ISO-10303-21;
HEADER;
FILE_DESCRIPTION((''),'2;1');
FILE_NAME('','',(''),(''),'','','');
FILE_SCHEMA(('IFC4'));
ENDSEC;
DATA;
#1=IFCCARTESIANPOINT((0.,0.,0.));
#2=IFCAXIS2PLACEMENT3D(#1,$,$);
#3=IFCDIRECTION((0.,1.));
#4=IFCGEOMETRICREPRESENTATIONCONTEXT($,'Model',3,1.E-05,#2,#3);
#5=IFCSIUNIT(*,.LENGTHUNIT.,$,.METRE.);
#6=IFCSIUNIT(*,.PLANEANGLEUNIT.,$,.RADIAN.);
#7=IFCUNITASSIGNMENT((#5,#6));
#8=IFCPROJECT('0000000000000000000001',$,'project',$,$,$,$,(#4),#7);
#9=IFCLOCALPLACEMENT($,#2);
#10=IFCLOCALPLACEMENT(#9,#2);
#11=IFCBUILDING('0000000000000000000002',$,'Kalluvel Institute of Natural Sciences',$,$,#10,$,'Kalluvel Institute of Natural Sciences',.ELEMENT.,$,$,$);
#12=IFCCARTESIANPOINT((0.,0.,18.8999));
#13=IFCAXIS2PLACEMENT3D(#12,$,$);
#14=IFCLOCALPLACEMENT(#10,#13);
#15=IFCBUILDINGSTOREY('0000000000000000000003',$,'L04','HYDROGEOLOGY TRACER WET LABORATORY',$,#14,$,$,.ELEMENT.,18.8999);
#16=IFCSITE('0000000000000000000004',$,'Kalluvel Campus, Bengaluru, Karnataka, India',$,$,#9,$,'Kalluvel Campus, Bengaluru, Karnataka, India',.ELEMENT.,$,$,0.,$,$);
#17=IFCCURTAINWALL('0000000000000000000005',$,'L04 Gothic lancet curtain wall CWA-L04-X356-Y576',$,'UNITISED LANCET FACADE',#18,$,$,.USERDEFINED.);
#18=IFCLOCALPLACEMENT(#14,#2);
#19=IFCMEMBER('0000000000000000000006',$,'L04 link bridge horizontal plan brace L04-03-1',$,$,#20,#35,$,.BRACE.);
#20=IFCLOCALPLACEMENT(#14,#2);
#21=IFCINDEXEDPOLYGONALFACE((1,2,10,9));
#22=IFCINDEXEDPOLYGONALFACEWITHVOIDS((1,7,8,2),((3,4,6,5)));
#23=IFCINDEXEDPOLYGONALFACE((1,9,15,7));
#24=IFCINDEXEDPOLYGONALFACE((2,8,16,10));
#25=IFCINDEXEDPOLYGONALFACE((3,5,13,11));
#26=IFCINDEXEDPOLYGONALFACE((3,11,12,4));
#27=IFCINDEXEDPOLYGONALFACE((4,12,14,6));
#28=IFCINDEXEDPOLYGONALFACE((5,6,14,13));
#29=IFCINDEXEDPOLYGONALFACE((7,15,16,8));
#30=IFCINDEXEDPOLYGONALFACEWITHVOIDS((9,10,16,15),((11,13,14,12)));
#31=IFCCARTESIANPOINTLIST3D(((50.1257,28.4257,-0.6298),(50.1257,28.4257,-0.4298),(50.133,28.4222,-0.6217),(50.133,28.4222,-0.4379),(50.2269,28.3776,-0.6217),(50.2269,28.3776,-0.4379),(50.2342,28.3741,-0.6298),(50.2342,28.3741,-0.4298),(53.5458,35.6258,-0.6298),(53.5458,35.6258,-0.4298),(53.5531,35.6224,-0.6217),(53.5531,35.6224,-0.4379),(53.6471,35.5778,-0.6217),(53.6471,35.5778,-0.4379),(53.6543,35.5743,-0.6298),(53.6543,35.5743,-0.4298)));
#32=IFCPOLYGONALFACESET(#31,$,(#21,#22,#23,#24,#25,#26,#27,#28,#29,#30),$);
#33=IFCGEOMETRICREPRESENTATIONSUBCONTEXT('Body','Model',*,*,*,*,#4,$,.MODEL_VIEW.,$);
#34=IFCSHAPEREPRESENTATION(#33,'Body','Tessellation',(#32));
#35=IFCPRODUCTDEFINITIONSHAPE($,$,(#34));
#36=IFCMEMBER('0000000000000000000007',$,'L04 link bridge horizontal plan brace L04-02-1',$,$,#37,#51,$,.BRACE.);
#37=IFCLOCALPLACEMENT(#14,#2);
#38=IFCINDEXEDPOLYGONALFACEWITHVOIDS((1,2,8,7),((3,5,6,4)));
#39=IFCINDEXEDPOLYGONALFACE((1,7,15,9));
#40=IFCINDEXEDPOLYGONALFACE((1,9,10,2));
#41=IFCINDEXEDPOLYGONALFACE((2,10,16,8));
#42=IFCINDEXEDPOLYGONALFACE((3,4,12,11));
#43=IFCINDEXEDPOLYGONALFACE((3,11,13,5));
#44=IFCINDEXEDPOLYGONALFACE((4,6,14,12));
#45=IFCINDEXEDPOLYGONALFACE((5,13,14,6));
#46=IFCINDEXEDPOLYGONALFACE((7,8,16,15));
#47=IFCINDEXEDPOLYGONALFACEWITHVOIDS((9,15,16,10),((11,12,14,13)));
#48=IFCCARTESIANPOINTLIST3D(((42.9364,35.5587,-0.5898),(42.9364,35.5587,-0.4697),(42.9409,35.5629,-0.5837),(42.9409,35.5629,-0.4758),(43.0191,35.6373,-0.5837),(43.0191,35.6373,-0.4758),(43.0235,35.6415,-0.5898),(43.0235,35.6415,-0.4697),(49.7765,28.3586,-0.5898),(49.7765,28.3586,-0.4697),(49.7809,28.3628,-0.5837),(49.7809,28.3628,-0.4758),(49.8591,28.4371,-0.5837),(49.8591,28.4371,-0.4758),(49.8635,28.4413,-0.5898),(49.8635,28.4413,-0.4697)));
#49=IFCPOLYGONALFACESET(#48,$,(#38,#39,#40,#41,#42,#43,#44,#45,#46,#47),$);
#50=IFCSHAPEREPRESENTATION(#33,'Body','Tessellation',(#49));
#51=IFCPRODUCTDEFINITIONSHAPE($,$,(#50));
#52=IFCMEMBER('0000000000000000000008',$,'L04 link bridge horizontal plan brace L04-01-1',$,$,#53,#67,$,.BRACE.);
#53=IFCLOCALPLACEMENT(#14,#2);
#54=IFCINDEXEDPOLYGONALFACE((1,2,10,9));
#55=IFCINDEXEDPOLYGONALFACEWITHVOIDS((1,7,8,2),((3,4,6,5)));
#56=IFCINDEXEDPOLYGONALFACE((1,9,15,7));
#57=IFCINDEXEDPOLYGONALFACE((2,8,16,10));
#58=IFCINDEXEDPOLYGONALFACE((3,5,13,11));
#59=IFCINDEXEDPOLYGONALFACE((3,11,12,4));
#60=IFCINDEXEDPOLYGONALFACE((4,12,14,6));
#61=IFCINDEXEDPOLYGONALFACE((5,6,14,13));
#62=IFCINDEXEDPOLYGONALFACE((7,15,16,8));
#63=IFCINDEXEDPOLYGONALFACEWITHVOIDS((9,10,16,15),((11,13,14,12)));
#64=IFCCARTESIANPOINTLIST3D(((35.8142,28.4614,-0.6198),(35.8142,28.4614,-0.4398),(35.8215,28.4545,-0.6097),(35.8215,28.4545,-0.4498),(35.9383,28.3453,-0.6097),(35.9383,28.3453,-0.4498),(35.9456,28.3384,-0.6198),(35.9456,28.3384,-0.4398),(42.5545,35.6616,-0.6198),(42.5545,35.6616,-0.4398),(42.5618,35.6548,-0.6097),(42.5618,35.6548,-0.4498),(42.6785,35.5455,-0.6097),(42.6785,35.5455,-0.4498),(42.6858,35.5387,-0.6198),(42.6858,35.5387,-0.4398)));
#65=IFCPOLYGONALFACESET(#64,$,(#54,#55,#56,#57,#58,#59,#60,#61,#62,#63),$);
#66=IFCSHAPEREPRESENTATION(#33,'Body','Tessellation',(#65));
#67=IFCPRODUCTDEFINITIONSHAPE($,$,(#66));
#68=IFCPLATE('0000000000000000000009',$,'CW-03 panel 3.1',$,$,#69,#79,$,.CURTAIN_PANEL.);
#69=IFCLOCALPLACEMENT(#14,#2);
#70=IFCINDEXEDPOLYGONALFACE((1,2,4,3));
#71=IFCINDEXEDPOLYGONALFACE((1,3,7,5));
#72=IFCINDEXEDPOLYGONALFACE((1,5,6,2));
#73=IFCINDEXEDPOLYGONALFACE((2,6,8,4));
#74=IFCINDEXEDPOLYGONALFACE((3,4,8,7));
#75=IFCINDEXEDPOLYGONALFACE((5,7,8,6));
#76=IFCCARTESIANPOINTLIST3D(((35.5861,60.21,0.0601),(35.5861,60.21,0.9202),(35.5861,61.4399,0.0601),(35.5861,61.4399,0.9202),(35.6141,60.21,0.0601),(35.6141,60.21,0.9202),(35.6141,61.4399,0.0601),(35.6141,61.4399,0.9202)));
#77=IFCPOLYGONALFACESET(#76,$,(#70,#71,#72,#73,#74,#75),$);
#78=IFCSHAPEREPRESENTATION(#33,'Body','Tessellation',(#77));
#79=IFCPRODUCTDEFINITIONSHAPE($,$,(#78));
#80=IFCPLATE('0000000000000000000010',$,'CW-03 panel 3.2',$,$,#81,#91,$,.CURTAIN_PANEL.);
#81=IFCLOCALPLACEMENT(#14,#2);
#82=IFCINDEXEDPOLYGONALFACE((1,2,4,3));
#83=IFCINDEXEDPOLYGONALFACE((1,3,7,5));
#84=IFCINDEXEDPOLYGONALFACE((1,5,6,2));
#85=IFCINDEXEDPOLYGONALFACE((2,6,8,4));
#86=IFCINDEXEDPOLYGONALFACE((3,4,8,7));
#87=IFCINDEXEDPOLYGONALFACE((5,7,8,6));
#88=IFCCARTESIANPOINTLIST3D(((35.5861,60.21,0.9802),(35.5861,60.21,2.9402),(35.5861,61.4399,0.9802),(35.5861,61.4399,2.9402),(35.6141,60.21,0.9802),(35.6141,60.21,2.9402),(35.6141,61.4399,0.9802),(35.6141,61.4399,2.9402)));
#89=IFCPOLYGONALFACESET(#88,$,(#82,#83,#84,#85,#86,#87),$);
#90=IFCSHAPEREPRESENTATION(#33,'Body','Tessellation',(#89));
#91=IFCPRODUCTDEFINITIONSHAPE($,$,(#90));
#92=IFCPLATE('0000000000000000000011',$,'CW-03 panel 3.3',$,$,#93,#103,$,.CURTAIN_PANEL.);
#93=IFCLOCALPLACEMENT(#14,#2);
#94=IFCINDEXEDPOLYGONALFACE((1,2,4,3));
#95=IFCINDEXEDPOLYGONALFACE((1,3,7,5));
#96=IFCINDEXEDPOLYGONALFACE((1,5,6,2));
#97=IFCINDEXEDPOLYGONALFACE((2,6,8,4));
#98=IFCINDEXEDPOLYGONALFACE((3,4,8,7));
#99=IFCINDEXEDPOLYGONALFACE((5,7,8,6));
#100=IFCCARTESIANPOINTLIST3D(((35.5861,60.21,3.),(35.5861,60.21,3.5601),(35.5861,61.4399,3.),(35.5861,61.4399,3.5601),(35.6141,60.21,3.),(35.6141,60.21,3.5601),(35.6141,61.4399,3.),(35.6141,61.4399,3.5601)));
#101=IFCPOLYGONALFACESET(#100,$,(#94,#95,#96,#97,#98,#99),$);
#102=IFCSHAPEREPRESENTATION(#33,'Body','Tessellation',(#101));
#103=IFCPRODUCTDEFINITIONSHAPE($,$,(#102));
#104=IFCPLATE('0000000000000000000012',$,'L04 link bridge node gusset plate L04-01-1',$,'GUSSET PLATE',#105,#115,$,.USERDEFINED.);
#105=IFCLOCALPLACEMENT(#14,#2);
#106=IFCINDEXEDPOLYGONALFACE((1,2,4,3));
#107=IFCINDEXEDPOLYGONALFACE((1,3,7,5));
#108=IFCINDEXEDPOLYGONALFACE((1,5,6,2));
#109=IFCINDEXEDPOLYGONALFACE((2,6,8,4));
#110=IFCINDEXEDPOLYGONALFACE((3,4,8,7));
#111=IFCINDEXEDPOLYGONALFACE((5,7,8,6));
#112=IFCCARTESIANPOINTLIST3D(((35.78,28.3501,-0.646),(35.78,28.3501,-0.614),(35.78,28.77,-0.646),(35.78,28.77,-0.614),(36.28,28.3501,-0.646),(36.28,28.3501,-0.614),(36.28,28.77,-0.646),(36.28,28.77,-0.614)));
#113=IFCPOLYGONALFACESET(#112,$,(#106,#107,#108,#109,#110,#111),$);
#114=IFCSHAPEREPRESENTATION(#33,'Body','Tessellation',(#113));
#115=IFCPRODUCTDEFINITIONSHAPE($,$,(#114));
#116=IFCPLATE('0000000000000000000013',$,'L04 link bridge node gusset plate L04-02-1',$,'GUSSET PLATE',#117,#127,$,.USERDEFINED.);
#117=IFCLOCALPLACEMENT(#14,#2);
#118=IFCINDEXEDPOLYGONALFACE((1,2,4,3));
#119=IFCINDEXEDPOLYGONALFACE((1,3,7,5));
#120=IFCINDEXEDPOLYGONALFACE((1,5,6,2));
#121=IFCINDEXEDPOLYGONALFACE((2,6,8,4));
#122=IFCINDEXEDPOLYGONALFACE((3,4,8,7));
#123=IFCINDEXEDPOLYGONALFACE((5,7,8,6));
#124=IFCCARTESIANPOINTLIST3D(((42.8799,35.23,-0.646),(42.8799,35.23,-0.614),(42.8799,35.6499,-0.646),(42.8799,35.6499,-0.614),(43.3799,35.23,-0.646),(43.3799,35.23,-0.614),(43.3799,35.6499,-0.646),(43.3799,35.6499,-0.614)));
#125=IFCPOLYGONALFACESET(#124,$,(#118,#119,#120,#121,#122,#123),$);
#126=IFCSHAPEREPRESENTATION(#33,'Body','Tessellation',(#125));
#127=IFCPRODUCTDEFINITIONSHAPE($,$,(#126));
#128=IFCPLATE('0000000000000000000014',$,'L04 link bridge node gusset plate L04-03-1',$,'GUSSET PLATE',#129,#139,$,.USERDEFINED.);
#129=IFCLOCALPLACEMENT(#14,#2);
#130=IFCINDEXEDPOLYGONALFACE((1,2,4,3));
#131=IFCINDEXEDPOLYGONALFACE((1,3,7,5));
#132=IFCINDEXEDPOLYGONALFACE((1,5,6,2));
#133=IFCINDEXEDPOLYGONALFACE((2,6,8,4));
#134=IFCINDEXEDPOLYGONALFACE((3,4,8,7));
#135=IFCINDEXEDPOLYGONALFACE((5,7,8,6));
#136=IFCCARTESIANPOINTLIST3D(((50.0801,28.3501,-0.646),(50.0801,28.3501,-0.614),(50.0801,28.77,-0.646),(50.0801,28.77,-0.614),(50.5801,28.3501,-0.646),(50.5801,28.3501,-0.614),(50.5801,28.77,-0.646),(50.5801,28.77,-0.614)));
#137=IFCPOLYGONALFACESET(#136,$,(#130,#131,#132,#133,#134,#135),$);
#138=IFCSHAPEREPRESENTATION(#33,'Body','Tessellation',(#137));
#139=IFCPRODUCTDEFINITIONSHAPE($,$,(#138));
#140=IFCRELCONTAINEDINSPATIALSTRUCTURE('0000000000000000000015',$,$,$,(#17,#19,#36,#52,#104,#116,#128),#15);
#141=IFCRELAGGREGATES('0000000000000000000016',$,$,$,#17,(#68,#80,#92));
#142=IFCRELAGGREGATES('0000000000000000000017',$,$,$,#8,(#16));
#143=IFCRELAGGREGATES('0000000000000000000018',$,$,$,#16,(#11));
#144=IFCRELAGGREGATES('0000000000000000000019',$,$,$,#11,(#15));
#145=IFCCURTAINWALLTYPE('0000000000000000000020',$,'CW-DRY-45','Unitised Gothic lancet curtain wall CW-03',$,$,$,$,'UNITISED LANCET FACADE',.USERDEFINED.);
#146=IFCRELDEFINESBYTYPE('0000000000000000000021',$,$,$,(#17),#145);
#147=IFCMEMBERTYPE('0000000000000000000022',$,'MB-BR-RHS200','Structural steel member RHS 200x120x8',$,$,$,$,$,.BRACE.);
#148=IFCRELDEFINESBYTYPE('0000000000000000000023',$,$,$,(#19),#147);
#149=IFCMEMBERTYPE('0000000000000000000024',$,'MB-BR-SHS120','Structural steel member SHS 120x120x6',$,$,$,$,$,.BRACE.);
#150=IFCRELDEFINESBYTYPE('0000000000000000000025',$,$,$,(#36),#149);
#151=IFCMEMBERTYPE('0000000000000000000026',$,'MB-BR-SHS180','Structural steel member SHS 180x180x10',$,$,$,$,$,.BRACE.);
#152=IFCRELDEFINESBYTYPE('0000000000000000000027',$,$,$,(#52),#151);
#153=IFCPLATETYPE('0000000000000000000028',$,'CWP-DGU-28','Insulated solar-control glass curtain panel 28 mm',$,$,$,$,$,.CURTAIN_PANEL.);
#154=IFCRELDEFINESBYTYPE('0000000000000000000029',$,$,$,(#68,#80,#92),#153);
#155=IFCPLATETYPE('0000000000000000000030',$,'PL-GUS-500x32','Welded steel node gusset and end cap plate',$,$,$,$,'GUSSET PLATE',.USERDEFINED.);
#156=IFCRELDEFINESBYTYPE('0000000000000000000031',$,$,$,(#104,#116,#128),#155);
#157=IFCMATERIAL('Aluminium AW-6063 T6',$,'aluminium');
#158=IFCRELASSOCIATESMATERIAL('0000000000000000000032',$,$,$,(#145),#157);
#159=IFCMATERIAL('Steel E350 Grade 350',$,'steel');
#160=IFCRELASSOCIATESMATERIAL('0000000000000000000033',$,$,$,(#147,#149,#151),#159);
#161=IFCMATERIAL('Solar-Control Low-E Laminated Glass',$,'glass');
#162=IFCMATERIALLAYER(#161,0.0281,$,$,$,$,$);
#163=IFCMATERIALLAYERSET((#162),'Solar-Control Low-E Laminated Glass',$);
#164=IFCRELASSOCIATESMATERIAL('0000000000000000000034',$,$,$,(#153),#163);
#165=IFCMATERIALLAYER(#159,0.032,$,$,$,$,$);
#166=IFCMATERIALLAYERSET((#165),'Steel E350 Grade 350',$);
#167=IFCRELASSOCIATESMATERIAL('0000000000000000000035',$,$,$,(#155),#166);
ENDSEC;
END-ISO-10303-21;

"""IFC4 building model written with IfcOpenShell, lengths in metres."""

from ifc_helpers import new_model, si_unit, direction, frame, origin, origin_2d, place, context, subcontext, project, spatial, rectangle, hollow_rectangle, extrude, material, layer, layer_set, material_profile, profile_set, type_object, element, aggregate, save


model = new_model("IFC4")

# Units and contexts
model_context = context("Model", 3, precision=1e-05, world=origin(), true_north=direction((0.0, 1.0)))
body_context = subcontext(model_context, "Body", "Model", "MODEL_VIEW")
ifc_project = project(units=[si_unit("LENGTHUNIT", "METRE"), si_unit("PLANEANGLEUNIT", "RADIAN")], contexts=[model_context])

# Site, building, storey
site_placement = place(None, origin())
site = spatial("IfcSite", under=ifc_project, at=site_placement, Name="Kalluvel Campus, Bengaluru, Karnataka, India", LongName="Kalluvel Campus, Bengaluru, Karnataka, India", CompositionType="ELEMENT", RefElevation=0.0)
building_placement = place(site_placement, origin())
building = spatial("IfcBuilding", under=site, at=building_placement, Name="Kalluvel Institute of Natural Sciences", LongName="Kalluvel Institute of Natural Sciences", CompositionType="ELEMENT")
storey_placement = place(building_placement, frame((0.0, 0.0, 18.8999)))
storey = spatial("IfcBuildingStorey", under=building, at=storey_placement, Name="L04", Description="HYDROGEOLOGY TRACER WET LABORATORY", CompositionType="ELEMENT", Elevation=18.8999)

# Shared definitions
ifc_material_1 = material(Name="Steel E350 Grade 350", Category="steel")

# Curtain wall
ifc_material_2 = material(Name="Aluminium AW-6063 T6", Category="aluminium")
curtain_wall_type = type_object("IfcCurtainWallType", Name="CW-DRY-45", Description="Unitised Gothic lancet curtain wall CW-03", ElementType="UNITISED LANCET FACADE", PredefinedType="USERDEFINED", material=ifc_material_2)
curtain_wall_placement = place(storey_placement, origin())
curtain_wall = element("IfcCurtainWall", 1, at=curtain_wall_placement, inside=storey, type_object=curtain_wall_type, Name="L04 Gothic lancet curtain wall CWA-L04-X356-Y576", ObjectType="UNITISED LANCET FACADE", PredefinedType="USERDEFINED")

# Members
ifc_material_profile_1 = material_profile(ifc_material_1, hollow_rectangle(XDim=0.1201, YDim=0.2, WallThickness=0.0081, at=origin_2d()), Name="RHS 200x120x8")
ifc_profile_set_1 = profile_set([ifc_material_profile_1], Name="Steel E350 Grade 350")
member_type_1 = type_object("IfcMemberType", Name="MB-BR-RHS200", Description="Structural steel member RHS 200x120x8", PredefinedType="BRACE", material=ifc_profile_set_1)
member_1_placement = place(storey_placement, frame((50.1799, 28.3999, -0.5298), z_axis=(0.429064, 0.903274, 0.0), x_axis=(-0.903274, 0.429064, 0.0)))
element("IfcMember", 2, at=member_1_placement, inside=storey, type_object=member_type_1, Name="L04 link bridge horizontal plan brace L04-03-1", PredefinedType="BRACE", context=body_context, shape_type="SweptSolid", body=[
    extrude(hollow_rectangle(XDim=0.1201, YDim=0.2, WallThickness=0.0081, at=origin_2d()), origin(), (0.0, 0.0, 1.0), 7.9712),
])
ifc_material_profile_2 = material_profile(ifc_material_1, hollow_rectangle(XDim=0.1201, YDim=0.1201, WallThickness=0.0061, at=origin_2d()), Name="SHS 120x120x6")
ifc_profile_set_2 = profile_set([ifc_material_profile_2], Name="Steel E350 Grade 350")
member_type_2 = type_object("IfcMemberType", Name="MB-BR-SHS120", Description="Structural steel member SHS 120x120x6", PredefinedType="BRACE", material=ifc_profile_set_2)
member_2_placement = place(storey_placement, frame((42.98, 35.6001, -0.5298), z_axis=(0.688744, -0.725004, 0.0), x_axis=(0.725004, 0.688744, 0.0)))
element("IfcMember", 3, at=member_2_placement, inside=storey, type_object=member_type_2, Name="L04 link bridge horizontal plan brace L04-02-1", PredefinedType="BRACE", context=body_context, shape_type="SweptSolid", body=[
    extrude(hollow_rectangle(XDim=0.1201, YDim=0.1201, WallThickness=0.0061, at=origin_2d()), origin(), (0.0, 0.0, 1.0), 9.9312),
])
ifc_material_profile_3 = material_profile(ifc_material_1, hollow_rectangle(XDim=0.1799, YDim=0.1799, WallThickness=0.01, at=origin_2d()), Name="SHS 180x180x10")
ifc_profile_set_3 = profile_set([ifc_material_profile_3], Name="Steel E350 Grade 350")
member_type_3 = type_object("IfcMemberType", Name="MB-BR-SHS180", Description="Structural steel member SHS 180x180x10", PredefinedType="BRACE", material=ifc_profile_set_3)
member_3_placement = place(storey_placement, frame((35.8799, 28.3999, -0.5298), z_axis=(0.683404, 0.73004, 0.0), x_axis=(-0.73004, 0.683404, 0.0)))
element("IfcMember", 4, at=member_3_placement, inside=storey, type_object=member_type_3, Name="L04 link bridge horizontal plan brace L04-01-1", PredefinedType="BRACE", context=body_context, shape_type="SweptSolid", body=[
    extrude(hollow_rectangle(XDim=0.1799, YDim=0.1799, WallThickness=0.01, at=origin_2d()), origin(), (0.0, 0.0, 1.0), 9.8628),
])

# Plates
ifc_material_3 = material(Name="Solar-Control Low-E Laminated Glass", Category="glass")
ifc_layer_1 = layer(ifc_material_3, 0.0281)
ifc_layer_set_1 = layer_set([ifc_layer_1], Name="Solar-Control Low-E Laminated Glass")
plate_type_1 = type_object("IfcPlateType", Name="CWP-DGU-28", Description="Insulated solar-control glass curtain panel 28 mm", PredefinedType="CURTAIN_PANEL", material=ifc_layer_set_1)
plate_1_placement = place(storey_placement, frame((35.6001, 60.825, 0.0601), z_axis=(0.0, 0.0, 1.0), x_axis=(0.0, 1.0, 0.0)))
plate_1 = element("IfcPlate", 5, at=plate_1_placement, type_object=plate_type_1, Name="CW-03 panel 3.1", PredefinedType="CURTAIN_PANEL", context=body_context, shape_type="SweptSolid", body=[
    extrude(rectangle(XDim=1.23, YDim=0.0281, at=origin_2d()), origin(), (0.0, 0.0, 1.0), 0.8601),
])
plate_2_placement = place(storey_placement, frame((35.6001, 60.825, 0.9802), z_axis=(0.0, 0.0, 1.0), x_axis=(0.0, 1.0, 0.0)))
plate_2 = element("IfcPlate", 6, at=plate_2_placement, type_object=plate_type_1, Name="CW-03 panel 3.2", PredefinedType="CURTAIN_PANEL", context=body_context, shape_type="SweptSolid", body=[
    extrude(rectangle(XDim=1.23, YDim=0.0281, at=origin_2d()), origin(), (0.0, 0.0, 1.0), 1.96),
])
plate_3_placement = place(storey_placement, frame((35.6001, 60.825, 3.0), z_axis=(0.0, 0.0, 1.0), x_axis=(0.0, 1.0, 0.0)))
plate_3 = element("IfcPlate", 7, at=plate_3_placement, type_object=plate_type_1, Name="CW-03 panel 3.3", PredefinedType="CURTAIN_PANEL", context=body_context, shape_type="SweptSolid", body=[
    extrude(rectangle(XDim=1.23, YDim=0.0281, at=origin_2d()), origin(), (0.0, 0.0, 1.0), 0.5601),
])
aggregate(curtain_wall, [plate_1, plate_2, plate_3])

# Plates
ifc_layer_2 = layer(ifc_material_1, 0.032)
ifc_layer_set_2 = layer_set([ifc_layer_2], Name="Steel E350 Grade 350")
plate_type_2 = type_object("IfcPlateType", Name="PL-GUS-500x32", Description="Welded steel node gusset and end cap plate", ElementType="GUSSET PLATE", PredefinedType="USERDEFINED", material=ifc_layer_set_2)
for number, where, z_axis, x_axis, name in (
    (8, (36.03, 28.5601, -0.646), (0.0, 0.0, 1.0), (1.0, 0.0, 0.0), "L04 link bridge node gusset plate L04-01-1"),
    (9, (43.1299, 35.4399, -0.646), (0.0, 0.0, 1.0), (1.0, 0.0, 0.0), "L04 link bridge node gusset plate L04-02-1"),
    (10, (50.3301, 28.5601, -0.646), (0.0, 0.0, 1.0), (1.0, 0.0, 0.0), "L04 link bridge node gusset plate L04-03-1"),
):
    element("IfcPlate", number, at=place(storey_placement, frame(where, z_axis=z_axis, x_axis=x_axis)), inside=storey, type_object=plate_type_2, Name=name, ObjectType="GUSSET PLATE", PredefinedType="USERDEFINED", context=body_context, shape_type="SweptSolid", body=[
        extrude(rectangle(XDim=0.5, YDim=0.4199, at=origin_2d()), origin(), (0.0, 0.0, 1.0), 0.032),
    ])

save(model, "model.ifc")
